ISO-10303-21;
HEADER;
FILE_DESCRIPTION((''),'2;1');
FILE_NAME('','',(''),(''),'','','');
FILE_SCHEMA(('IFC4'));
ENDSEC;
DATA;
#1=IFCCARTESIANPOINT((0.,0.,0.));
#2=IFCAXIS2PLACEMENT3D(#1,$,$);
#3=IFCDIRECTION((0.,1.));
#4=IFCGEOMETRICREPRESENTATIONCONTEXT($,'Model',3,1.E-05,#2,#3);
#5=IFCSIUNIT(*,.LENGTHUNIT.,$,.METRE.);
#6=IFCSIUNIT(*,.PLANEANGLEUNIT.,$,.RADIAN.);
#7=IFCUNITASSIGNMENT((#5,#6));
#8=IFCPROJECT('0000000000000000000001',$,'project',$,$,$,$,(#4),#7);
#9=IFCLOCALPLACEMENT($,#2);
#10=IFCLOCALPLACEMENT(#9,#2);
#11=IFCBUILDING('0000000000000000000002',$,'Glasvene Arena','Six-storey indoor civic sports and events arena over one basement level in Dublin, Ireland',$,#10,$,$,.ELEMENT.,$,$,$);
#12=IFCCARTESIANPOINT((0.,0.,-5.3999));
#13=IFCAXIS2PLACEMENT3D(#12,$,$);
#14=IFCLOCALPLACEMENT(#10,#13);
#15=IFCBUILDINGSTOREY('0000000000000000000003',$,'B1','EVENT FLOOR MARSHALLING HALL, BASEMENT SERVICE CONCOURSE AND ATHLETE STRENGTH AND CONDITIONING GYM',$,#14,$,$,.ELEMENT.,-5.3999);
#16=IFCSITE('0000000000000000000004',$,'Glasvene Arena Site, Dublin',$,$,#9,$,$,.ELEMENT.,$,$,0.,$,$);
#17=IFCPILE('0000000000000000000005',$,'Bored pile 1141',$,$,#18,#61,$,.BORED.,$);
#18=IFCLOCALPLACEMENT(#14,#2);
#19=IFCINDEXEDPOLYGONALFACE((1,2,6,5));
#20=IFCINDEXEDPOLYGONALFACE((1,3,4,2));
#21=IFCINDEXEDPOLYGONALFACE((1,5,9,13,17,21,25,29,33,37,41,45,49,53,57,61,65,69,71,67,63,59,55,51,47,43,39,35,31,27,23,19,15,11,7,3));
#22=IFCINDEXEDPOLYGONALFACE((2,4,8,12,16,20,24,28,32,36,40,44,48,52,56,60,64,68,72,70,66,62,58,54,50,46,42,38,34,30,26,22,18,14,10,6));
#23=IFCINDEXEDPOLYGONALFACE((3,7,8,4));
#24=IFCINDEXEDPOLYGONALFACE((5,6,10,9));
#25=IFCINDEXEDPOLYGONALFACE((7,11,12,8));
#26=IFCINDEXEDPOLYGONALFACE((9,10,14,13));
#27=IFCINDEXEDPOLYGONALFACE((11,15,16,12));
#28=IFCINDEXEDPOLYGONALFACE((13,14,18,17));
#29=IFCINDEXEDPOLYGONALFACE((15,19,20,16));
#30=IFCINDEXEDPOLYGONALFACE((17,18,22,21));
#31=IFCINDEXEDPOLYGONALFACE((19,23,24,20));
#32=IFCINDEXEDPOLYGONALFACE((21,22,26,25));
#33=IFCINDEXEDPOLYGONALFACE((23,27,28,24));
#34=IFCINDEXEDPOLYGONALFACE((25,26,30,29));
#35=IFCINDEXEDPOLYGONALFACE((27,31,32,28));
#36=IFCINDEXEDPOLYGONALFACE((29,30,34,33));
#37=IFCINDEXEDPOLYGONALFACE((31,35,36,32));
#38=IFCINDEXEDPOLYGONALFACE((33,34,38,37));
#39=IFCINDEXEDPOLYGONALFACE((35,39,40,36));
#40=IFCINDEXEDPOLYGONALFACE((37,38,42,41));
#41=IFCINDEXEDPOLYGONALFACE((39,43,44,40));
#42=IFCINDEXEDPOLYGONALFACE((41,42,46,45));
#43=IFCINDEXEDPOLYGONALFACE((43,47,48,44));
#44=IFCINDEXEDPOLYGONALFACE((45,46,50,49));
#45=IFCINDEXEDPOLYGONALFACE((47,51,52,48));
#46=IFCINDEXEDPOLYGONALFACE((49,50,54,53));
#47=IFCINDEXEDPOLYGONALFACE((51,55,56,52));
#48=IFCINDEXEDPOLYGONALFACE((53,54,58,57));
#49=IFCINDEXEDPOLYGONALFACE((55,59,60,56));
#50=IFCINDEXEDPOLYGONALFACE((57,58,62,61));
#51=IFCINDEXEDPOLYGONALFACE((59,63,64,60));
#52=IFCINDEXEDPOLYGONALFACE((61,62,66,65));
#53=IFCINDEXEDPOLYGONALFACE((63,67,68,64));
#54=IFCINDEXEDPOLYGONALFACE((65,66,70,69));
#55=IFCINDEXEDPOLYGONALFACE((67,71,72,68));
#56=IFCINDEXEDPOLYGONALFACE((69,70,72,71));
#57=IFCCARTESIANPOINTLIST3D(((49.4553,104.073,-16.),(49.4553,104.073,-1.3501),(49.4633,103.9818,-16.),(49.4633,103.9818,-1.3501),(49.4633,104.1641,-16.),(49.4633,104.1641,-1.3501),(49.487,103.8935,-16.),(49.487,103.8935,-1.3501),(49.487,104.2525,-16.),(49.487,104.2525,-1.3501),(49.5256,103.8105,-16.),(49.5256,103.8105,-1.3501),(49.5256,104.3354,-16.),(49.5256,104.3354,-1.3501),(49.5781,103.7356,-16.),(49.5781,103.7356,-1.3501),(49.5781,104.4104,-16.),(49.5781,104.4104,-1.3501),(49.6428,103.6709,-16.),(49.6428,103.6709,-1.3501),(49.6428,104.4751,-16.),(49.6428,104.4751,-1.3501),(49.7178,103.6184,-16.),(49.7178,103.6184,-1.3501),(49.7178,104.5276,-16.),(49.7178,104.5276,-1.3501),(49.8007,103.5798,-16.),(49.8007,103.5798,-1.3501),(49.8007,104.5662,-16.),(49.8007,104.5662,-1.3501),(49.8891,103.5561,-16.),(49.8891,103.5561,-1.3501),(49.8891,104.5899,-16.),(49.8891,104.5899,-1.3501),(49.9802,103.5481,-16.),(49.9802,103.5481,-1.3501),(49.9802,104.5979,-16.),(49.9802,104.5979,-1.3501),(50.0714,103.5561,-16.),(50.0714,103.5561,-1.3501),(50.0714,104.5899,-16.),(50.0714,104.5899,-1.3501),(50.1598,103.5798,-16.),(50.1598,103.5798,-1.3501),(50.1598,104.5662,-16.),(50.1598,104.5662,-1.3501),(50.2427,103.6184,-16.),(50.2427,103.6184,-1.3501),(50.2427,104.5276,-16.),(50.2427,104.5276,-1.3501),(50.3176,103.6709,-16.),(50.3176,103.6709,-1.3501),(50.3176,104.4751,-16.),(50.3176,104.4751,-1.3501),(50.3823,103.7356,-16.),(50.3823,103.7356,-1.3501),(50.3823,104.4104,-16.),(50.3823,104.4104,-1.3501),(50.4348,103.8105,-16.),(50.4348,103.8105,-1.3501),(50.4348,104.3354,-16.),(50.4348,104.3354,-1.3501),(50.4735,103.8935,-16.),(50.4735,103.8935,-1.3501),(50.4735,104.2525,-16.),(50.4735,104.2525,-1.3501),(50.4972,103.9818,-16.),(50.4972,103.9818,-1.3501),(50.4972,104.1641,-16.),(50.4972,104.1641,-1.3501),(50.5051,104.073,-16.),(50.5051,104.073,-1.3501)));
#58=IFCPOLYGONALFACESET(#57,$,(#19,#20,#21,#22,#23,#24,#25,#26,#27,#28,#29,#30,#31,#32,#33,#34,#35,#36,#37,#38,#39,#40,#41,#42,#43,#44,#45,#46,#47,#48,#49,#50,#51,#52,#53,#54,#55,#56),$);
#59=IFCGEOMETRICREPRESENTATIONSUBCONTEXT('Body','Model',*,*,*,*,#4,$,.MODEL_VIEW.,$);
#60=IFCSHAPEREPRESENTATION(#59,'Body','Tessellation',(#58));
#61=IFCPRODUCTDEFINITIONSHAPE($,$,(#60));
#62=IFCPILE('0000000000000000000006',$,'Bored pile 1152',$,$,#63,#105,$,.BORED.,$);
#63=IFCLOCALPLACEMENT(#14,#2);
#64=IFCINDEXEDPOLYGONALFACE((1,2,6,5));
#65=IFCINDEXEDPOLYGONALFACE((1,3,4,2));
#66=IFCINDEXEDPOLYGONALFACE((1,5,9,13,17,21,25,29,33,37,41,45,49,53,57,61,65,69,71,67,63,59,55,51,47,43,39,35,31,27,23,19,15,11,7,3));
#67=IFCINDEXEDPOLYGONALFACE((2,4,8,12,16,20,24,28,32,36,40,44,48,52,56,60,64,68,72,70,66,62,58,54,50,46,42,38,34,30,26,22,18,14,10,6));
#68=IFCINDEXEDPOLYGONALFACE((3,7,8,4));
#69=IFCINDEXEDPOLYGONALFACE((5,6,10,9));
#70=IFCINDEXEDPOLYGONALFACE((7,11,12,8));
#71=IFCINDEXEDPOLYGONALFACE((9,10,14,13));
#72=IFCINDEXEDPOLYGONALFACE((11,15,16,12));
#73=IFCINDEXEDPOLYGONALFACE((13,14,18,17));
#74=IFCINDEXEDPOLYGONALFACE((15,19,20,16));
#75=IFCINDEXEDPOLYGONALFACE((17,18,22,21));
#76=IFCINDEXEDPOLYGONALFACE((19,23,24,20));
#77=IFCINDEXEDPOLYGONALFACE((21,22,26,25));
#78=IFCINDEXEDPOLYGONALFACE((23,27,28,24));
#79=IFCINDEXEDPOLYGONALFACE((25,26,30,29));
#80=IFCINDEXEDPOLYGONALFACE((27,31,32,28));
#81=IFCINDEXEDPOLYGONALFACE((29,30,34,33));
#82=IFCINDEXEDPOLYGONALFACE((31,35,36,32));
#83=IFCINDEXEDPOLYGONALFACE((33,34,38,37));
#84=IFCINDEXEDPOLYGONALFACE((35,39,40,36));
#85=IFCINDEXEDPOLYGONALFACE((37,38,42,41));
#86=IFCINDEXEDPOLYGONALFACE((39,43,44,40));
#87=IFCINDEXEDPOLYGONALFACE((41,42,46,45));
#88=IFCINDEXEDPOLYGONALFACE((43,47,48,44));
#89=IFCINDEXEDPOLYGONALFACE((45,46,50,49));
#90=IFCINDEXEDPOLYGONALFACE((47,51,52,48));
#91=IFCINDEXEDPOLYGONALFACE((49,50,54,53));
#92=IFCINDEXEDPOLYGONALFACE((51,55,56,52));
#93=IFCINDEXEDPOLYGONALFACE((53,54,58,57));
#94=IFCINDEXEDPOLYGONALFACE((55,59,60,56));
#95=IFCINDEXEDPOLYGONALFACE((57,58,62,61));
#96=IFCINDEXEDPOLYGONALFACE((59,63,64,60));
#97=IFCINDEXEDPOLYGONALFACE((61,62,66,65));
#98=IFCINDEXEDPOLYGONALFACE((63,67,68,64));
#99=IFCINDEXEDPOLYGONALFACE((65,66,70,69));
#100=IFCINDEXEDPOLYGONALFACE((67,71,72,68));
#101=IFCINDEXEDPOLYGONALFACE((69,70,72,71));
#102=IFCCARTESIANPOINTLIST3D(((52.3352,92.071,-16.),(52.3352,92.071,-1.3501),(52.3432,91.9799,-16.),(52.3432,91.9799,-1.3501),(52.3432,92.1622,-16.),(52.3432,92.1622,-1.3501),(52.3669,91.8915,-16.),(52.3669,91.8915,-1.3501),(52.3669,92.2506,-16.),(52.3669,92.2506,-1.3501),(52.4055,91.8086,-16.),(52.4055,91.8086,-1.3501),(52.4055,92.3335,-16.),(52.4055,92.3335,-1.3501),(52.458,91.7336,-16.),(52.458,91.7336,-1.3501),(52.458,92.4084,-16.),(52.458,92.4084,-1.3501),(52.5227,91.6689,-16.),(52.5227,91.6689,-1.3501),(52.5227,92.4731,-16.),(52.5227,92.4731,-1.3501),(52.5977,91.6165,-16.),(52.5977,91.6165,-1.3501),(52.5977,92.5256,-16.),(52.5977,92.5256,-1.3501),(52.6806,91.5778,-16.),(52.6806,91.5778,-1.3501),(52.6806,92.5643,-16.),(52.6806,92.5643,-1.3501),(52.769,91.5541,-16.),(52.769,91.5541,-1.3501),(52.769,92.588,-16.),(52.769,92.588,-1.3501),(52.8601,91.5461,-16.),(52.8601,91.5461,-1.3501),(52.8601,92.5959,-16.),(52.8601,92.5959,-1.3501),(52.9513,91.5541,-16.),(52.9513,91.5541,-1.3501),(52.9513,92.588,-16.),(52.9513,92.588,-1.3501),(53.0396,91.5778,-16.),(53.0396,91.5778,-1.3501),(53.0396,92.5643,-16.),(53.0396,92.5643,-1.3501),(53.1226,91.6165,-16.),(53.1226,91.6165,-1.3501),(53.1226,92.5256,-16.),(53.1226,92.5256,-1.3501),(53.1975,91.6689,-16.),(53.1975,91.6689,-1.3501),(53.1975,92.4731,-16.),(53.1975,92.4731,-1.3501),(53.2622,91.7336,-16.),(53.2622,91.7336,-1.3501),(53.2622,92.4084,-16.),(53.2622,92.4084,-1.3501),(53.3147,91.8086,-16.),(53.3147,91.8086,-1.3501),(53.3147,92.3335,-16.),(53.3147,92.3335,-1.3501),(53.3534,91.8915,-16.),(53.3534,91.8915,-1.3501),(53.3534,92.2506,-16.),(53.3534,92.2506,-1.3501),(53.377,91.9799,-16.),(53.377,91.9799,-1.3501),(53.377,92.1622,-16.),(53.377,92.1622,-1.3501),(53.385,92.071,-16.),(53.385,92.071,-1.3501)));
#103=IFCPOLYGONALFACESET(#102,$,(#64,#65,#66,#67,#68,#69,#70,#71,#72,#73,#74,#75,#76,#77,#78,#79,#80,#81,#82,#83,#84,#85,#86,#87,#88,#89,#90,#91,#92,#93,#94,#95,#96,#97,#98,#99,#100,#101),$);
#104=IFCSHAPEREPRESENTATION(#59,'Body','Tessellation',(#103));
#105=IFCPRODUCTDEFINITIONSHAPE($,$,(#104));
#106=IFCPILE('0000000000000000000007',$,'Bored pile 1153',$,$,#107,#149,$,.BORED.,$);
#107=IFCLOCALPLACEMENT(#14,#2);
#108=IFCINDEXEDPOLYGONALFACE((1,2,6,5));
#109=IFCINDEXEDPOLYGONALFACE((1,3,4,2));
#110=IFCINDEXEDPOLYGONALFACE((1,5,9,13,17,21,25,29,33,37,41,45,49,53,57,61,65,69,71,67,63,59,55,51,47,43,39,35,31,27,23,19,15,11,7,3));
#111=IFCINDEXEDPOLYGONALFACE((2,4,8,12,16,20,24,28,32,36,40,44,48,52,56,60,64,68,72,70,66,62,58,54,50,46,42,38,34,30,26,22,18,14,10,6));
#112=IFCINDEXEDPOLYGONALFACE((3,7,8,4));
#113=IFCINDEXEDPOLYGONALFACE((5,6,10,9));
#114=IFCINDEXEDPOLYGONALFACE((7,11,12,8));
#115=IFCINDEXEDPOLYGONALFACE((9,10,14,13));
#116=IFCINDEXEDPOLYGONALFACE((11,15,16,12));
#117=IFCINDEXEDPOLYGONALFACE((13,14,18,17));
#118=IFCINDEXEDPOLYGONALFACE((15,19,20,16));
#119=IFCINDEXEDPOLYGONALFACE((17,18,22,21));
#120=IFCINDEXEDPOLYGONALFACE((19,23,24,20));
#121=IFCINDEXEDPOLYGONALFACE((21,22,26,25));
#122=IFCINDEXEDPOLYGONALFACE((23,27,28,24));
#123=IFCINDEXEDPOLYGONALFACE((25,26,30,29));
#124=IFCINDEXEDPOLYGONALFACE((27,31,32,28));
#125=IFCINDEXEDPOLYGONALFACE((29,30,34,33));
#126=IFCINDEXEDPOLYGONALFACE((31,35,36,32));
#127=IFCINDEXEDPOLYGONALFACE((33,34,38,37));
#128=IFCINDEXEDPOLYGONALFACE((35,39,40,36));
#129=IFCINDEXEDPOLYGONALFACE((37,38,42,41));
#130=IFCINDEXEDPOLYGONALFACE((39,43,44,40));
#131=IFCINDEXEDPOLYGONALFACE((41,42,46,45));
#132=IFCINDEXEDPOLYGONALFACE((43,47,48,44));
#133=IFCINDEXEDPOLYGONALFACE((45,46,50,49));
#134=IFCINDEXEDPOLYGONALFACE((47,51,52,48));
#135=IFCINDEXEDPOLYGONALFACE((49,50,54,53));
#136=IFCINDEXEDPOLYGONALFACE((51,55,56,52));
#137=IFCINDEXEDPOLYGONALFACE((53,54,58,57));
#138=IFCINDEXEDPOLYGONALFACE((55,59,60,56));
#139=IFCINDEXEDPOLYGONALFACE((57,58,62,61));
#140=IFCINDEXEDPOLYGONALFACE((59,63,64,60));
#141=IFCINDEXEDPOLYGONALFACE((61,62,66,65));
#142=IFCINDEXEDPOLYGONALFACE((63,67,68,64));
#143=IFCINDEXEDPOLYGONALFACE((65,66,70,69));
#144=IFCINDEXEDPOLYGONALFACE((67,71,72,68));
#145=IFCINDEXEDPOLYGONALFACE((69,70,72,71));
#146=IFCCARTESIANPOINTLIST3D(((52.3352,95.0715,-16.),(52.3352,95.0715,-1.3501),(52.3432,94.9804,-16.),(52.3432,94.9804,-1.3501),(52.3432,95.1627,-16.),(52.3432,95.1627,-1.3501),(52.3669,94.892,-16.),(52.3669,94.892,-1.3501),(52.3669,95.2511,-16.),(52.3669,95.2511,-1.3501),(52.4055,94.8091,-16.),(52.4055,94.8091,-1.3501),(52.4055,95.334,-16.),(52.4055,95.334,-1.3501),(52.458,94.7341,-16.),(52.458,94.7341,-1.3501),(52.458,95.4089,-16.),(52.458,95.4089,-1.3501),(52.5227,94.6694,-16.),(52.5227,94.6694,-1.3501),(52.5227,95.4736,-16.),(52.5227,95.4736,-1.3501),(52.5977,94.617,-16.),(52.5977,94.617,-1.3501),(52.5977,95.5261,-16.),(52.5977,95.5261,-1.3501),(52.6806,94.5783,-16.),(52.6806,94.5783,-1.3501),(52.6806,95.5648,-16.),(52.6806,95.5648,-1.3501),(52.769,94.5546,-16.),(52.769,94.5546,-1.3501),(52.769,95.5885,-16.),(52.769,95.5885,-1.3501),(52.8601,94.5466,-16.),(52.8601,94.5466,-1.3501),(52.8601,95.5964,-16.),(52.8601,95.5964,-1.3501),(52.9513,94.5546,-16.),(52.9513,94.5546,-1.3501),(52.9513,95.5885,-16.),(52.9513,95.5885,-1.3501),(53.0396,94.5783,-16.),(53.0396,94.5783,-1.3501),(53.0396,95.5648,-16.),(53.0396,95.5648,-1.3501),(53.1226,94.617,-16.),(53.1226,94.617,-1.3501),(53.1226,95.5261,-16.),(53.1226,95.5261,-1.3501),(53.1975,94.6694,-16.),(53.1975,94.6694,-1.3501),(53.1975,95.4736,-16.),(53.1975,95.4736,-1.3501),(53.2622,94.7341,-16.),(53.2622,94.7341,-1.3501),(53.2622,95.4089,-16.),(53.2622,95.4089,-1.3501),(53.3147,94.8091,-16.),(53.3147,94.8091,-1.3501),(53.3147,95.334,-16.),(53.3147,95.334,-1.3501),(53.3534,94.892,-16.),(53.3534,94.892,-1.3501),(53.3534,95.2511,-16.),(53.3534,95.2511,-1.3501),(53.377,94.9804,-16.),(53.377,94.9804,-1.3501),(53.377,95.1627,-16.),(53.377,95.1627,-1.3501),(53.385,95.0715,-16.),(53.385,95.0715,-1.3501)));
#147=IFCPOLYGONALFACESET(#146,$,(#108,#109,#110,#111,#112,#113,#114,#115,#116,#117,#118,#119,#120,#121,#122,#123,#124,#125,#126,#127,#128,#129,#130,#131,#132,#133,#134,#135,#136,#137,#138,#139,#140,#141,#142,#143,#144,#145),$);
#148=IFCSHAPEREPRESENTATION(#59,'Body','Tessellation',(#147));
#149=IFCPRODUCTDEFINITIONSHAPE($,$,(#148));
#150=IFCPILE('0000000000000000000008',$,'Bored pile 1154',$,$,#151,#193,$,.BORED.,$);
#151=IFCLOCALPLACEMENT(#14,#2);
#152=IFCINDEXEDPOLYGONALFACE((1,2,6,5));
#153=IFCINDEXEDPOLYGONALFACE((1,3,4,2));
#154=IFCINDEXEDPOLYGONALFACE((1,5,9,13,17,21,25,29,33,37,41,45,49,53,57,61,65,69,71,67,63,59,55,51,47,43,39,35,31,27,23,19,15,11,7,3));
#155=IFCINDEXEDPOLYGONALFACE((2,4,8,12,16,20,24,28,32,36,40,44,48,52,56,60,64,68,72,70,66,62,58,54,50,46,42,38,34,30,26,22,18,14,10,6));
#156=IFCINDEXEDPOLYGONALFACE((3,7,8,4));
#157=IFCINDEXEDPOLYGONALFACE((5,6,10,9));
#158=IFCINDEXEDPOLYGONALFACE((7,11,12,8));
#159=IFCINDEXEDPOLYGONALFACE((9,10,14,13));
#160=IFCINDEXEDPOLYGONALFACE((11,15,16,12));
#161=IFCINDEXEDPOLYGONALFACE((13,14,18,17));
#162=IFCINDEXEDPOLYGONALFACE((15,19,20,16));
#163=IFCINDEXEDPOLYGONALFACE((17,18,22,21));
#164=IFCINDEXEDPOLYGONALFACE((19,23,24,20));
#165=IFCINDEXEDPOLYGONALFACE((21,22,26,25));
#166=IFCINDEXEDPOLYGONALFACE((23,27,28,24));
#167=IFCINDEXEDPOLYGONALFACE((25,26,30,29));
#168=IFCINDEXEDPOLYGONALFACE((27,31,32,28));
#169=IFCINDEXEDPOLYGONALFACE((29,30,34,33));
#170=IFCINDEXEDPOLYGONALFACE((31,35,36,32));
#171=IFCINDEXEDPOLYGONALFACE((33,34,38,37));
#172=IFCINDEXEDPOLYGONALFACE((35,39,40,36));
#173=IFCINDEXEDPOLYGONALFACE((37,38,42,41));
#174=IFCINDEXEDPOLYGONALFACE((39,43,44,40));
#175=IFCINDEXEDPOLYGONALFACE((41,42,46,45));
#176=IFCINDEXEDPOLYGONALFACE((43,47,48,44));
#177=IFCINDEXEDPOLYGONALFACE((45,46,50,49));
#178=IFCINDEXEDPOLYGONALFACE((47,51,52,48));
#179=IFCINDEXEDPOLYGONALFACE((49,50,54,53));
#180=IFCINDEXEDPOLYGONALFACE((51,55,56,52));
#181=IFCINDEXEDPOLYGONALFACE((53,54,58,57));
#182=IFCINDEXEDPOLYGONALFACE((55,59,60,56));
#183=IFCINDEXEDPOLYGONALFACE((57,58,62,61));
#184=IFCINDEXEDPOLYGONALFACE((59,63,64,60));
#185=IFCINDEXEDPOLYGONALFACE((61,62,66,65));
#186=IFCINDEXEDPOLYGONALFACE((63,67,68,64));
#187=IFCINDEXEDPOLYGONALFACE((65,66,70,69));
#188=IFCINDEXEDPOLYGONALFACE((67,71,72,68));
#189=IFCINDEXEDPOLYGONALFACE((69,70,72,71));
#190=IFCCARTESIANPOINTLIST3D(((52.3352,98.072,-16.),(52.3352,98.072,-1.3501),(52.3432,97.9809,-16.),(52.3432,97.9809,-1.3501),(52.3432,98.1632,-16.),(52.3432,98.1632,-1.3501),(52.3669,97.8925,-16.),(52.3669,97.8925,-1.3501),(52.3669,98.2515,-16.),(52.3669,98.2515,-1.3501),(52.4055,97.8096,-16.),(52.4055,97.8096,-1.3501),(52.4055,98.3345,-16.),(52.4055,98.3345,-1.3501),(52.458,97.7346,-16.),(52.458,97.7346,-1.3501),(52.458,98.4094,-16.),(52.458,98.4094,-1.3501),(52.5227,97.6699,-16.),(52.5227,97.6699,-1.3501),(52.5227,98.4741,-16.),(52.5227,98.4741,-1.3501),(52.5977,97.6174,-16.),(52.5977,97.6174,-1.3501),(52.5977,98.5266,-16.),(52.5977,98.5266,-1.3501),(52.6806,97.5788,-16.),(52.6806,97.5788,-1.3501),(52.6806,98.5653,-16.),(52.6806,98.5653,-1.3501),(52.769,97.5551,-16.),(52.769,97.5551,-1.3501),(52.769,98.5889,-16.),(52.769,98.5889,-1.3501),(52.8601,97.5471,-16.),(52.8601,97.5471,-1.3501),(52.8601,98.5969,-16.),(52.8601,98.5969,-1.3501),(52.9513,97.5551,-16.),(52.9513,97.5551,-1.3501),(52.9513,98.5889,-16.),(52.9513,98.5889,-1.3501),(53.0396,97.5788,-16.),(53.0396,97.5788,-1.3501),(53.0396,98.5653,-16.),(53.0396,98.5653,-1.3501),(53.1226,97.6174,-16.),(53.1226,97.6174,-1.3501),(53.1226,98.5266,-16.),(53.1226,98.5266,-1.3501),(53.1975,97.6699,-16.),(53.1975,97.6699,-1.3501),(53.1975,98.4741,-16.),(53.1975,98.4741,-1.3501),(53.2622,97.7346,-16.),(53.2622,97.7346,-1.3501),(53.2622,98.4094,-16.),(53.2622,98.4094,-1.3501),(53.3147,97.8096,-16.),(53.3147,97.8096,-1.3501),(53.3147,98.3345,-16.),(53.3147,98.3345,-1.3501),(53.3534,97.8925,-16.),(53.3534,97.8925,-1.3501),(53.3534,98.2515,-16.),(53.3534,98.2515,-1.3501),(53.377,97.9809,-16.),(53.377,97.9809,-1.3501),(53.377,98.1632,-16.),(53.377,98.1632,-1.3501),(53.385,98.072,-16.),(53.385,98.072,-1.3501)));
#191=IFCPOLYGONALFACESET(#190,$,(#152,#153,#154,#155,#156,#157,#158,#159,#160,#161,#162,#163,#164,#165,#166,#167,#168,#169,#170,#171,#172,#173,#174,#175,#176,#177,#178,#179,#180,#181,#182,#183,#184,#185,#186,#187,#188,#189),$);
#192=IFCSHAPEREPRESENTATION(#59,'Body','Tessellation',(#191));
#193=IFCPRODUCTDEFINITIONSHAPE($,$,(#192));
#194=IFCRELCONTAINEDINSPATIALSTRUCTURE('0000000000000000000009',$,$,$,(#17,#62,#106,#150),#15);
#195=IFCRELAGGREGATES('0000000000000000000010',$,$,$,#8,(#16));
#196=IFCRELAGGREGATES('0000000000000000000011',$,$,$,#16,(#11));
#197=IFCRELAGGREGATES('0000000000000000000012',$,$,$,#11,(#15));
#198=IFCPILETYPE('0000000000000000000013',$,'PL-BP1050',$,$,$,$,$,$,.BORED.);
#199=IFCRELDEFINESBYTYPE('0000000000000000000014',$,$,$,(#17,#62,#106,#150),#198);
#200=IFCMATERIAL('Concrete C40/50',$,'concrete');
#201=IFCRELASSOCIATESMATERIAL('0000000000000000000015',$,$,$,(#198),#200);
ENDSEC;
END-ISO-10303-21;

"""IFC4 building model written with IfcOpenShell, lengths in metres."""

from ifc_helpers import new_model, si_unit, direction, frame, origin, origin_2d, place, context, subcontext, project, spatial, circle, extrude, material, material_profile, profile_set, type_object, element, save


model = new_model("IFC4")

# Units and contexts
model_context = context("Model", 3, precision=1e-05, world=origin(), true_north=direction((0.0, 1.0)))
body_context = subcontext(model_context, "Body", "Model", "MODEL_VIEW")
ifc_project = project(units=[si_unit("LENGTHUNIT", "METRE"), si_unit("PLANEANGLEUNIT", "RADIAN")], contexts=[model_context])

# Site, building, storey
site_placement = place(None, origin())
site = spatial("IfcSite", under=ifc_project, at=site_placement, Name="Glasvene Arena Site, Dublin", CompositionType="ELEMENT", RefElevation=0.0)
building_placement = place(site_placement, origin())
building = spatial("IfcBuilding", under=site, at=building_placement, Name="Glasvene Arena", Description="Six-storey indoor civic sports and events arena over one basement level in Dublin, Ireland", CompositionType="ELEMENT")
storey_placement = place(building_placement, frame((0.0, 0.0, -5.3999)))
storey = spatial("IfcBuildingStorey", under=building, at=storey_placement, Name="B1", Description="EVENT FLOOR MARSHALLING HALL, BASEMENT SERVICE CONCOURSE AND ATHLETE STRENGTH AND CONDITIONING GYM", CompositionType="ELEMENT", Elevation=-5.3999)

# Piles
ifc_material_1 = material(Name="Concrete C40/50", Category="concrete")
ifc_material_profile_1 = material_profile(ifc_material_1, circle(Radius=0.5249, at=origin_2d()), Name="BORED PILE 1050")
ifc_profile_set_1 = profile_set([ifc_material_profile_1], Name="Concrete C40/50")
pile_type = type_object("IfcPileType", Name="PL-BP1050", PredefinedType="BORED", material=ifc_profile_set_1)
for number, where, z_axis, x_axis, name in (
    (1, (49.9802, 104.073, -1.3501), (0.0, 0.0, -1.0), (1.0, 0.0, 0.0), "Bored pile 1141"),
    (2, (52.8601, 92.071, -1.3501), (0.0, 0.0, -1.0), (1.0, 0.0, 0.0), "Bored pile 1152"),
    (3, (52.8601, 95.0715, -1.3501), (0.0, 0.0, -1.0), (1.0, 0.0, 0.0), "Bored pile 1153"),
    (4, (52.8601, 98.072, -1.3501), (0.0, 0.0, -1.0), (1.0, 0.0, 0.0), "Bored pile 1154"),
):
    element("IfcPile", number, at=place(storey_placement, frame(where, z_axis=z_axis, x_axis=x_axis)), inside=storey, type_object=pile_type, Name=name, PredefinedType="BORED", context=body_context, shape_type="SweptSolid", body=[
        extrude(circle(Radius=0.5249, at=origin_2d()), origin(), (0.0, 0.0, 1.0), 14.6499),
    ])

save(model, "model.ifc")
